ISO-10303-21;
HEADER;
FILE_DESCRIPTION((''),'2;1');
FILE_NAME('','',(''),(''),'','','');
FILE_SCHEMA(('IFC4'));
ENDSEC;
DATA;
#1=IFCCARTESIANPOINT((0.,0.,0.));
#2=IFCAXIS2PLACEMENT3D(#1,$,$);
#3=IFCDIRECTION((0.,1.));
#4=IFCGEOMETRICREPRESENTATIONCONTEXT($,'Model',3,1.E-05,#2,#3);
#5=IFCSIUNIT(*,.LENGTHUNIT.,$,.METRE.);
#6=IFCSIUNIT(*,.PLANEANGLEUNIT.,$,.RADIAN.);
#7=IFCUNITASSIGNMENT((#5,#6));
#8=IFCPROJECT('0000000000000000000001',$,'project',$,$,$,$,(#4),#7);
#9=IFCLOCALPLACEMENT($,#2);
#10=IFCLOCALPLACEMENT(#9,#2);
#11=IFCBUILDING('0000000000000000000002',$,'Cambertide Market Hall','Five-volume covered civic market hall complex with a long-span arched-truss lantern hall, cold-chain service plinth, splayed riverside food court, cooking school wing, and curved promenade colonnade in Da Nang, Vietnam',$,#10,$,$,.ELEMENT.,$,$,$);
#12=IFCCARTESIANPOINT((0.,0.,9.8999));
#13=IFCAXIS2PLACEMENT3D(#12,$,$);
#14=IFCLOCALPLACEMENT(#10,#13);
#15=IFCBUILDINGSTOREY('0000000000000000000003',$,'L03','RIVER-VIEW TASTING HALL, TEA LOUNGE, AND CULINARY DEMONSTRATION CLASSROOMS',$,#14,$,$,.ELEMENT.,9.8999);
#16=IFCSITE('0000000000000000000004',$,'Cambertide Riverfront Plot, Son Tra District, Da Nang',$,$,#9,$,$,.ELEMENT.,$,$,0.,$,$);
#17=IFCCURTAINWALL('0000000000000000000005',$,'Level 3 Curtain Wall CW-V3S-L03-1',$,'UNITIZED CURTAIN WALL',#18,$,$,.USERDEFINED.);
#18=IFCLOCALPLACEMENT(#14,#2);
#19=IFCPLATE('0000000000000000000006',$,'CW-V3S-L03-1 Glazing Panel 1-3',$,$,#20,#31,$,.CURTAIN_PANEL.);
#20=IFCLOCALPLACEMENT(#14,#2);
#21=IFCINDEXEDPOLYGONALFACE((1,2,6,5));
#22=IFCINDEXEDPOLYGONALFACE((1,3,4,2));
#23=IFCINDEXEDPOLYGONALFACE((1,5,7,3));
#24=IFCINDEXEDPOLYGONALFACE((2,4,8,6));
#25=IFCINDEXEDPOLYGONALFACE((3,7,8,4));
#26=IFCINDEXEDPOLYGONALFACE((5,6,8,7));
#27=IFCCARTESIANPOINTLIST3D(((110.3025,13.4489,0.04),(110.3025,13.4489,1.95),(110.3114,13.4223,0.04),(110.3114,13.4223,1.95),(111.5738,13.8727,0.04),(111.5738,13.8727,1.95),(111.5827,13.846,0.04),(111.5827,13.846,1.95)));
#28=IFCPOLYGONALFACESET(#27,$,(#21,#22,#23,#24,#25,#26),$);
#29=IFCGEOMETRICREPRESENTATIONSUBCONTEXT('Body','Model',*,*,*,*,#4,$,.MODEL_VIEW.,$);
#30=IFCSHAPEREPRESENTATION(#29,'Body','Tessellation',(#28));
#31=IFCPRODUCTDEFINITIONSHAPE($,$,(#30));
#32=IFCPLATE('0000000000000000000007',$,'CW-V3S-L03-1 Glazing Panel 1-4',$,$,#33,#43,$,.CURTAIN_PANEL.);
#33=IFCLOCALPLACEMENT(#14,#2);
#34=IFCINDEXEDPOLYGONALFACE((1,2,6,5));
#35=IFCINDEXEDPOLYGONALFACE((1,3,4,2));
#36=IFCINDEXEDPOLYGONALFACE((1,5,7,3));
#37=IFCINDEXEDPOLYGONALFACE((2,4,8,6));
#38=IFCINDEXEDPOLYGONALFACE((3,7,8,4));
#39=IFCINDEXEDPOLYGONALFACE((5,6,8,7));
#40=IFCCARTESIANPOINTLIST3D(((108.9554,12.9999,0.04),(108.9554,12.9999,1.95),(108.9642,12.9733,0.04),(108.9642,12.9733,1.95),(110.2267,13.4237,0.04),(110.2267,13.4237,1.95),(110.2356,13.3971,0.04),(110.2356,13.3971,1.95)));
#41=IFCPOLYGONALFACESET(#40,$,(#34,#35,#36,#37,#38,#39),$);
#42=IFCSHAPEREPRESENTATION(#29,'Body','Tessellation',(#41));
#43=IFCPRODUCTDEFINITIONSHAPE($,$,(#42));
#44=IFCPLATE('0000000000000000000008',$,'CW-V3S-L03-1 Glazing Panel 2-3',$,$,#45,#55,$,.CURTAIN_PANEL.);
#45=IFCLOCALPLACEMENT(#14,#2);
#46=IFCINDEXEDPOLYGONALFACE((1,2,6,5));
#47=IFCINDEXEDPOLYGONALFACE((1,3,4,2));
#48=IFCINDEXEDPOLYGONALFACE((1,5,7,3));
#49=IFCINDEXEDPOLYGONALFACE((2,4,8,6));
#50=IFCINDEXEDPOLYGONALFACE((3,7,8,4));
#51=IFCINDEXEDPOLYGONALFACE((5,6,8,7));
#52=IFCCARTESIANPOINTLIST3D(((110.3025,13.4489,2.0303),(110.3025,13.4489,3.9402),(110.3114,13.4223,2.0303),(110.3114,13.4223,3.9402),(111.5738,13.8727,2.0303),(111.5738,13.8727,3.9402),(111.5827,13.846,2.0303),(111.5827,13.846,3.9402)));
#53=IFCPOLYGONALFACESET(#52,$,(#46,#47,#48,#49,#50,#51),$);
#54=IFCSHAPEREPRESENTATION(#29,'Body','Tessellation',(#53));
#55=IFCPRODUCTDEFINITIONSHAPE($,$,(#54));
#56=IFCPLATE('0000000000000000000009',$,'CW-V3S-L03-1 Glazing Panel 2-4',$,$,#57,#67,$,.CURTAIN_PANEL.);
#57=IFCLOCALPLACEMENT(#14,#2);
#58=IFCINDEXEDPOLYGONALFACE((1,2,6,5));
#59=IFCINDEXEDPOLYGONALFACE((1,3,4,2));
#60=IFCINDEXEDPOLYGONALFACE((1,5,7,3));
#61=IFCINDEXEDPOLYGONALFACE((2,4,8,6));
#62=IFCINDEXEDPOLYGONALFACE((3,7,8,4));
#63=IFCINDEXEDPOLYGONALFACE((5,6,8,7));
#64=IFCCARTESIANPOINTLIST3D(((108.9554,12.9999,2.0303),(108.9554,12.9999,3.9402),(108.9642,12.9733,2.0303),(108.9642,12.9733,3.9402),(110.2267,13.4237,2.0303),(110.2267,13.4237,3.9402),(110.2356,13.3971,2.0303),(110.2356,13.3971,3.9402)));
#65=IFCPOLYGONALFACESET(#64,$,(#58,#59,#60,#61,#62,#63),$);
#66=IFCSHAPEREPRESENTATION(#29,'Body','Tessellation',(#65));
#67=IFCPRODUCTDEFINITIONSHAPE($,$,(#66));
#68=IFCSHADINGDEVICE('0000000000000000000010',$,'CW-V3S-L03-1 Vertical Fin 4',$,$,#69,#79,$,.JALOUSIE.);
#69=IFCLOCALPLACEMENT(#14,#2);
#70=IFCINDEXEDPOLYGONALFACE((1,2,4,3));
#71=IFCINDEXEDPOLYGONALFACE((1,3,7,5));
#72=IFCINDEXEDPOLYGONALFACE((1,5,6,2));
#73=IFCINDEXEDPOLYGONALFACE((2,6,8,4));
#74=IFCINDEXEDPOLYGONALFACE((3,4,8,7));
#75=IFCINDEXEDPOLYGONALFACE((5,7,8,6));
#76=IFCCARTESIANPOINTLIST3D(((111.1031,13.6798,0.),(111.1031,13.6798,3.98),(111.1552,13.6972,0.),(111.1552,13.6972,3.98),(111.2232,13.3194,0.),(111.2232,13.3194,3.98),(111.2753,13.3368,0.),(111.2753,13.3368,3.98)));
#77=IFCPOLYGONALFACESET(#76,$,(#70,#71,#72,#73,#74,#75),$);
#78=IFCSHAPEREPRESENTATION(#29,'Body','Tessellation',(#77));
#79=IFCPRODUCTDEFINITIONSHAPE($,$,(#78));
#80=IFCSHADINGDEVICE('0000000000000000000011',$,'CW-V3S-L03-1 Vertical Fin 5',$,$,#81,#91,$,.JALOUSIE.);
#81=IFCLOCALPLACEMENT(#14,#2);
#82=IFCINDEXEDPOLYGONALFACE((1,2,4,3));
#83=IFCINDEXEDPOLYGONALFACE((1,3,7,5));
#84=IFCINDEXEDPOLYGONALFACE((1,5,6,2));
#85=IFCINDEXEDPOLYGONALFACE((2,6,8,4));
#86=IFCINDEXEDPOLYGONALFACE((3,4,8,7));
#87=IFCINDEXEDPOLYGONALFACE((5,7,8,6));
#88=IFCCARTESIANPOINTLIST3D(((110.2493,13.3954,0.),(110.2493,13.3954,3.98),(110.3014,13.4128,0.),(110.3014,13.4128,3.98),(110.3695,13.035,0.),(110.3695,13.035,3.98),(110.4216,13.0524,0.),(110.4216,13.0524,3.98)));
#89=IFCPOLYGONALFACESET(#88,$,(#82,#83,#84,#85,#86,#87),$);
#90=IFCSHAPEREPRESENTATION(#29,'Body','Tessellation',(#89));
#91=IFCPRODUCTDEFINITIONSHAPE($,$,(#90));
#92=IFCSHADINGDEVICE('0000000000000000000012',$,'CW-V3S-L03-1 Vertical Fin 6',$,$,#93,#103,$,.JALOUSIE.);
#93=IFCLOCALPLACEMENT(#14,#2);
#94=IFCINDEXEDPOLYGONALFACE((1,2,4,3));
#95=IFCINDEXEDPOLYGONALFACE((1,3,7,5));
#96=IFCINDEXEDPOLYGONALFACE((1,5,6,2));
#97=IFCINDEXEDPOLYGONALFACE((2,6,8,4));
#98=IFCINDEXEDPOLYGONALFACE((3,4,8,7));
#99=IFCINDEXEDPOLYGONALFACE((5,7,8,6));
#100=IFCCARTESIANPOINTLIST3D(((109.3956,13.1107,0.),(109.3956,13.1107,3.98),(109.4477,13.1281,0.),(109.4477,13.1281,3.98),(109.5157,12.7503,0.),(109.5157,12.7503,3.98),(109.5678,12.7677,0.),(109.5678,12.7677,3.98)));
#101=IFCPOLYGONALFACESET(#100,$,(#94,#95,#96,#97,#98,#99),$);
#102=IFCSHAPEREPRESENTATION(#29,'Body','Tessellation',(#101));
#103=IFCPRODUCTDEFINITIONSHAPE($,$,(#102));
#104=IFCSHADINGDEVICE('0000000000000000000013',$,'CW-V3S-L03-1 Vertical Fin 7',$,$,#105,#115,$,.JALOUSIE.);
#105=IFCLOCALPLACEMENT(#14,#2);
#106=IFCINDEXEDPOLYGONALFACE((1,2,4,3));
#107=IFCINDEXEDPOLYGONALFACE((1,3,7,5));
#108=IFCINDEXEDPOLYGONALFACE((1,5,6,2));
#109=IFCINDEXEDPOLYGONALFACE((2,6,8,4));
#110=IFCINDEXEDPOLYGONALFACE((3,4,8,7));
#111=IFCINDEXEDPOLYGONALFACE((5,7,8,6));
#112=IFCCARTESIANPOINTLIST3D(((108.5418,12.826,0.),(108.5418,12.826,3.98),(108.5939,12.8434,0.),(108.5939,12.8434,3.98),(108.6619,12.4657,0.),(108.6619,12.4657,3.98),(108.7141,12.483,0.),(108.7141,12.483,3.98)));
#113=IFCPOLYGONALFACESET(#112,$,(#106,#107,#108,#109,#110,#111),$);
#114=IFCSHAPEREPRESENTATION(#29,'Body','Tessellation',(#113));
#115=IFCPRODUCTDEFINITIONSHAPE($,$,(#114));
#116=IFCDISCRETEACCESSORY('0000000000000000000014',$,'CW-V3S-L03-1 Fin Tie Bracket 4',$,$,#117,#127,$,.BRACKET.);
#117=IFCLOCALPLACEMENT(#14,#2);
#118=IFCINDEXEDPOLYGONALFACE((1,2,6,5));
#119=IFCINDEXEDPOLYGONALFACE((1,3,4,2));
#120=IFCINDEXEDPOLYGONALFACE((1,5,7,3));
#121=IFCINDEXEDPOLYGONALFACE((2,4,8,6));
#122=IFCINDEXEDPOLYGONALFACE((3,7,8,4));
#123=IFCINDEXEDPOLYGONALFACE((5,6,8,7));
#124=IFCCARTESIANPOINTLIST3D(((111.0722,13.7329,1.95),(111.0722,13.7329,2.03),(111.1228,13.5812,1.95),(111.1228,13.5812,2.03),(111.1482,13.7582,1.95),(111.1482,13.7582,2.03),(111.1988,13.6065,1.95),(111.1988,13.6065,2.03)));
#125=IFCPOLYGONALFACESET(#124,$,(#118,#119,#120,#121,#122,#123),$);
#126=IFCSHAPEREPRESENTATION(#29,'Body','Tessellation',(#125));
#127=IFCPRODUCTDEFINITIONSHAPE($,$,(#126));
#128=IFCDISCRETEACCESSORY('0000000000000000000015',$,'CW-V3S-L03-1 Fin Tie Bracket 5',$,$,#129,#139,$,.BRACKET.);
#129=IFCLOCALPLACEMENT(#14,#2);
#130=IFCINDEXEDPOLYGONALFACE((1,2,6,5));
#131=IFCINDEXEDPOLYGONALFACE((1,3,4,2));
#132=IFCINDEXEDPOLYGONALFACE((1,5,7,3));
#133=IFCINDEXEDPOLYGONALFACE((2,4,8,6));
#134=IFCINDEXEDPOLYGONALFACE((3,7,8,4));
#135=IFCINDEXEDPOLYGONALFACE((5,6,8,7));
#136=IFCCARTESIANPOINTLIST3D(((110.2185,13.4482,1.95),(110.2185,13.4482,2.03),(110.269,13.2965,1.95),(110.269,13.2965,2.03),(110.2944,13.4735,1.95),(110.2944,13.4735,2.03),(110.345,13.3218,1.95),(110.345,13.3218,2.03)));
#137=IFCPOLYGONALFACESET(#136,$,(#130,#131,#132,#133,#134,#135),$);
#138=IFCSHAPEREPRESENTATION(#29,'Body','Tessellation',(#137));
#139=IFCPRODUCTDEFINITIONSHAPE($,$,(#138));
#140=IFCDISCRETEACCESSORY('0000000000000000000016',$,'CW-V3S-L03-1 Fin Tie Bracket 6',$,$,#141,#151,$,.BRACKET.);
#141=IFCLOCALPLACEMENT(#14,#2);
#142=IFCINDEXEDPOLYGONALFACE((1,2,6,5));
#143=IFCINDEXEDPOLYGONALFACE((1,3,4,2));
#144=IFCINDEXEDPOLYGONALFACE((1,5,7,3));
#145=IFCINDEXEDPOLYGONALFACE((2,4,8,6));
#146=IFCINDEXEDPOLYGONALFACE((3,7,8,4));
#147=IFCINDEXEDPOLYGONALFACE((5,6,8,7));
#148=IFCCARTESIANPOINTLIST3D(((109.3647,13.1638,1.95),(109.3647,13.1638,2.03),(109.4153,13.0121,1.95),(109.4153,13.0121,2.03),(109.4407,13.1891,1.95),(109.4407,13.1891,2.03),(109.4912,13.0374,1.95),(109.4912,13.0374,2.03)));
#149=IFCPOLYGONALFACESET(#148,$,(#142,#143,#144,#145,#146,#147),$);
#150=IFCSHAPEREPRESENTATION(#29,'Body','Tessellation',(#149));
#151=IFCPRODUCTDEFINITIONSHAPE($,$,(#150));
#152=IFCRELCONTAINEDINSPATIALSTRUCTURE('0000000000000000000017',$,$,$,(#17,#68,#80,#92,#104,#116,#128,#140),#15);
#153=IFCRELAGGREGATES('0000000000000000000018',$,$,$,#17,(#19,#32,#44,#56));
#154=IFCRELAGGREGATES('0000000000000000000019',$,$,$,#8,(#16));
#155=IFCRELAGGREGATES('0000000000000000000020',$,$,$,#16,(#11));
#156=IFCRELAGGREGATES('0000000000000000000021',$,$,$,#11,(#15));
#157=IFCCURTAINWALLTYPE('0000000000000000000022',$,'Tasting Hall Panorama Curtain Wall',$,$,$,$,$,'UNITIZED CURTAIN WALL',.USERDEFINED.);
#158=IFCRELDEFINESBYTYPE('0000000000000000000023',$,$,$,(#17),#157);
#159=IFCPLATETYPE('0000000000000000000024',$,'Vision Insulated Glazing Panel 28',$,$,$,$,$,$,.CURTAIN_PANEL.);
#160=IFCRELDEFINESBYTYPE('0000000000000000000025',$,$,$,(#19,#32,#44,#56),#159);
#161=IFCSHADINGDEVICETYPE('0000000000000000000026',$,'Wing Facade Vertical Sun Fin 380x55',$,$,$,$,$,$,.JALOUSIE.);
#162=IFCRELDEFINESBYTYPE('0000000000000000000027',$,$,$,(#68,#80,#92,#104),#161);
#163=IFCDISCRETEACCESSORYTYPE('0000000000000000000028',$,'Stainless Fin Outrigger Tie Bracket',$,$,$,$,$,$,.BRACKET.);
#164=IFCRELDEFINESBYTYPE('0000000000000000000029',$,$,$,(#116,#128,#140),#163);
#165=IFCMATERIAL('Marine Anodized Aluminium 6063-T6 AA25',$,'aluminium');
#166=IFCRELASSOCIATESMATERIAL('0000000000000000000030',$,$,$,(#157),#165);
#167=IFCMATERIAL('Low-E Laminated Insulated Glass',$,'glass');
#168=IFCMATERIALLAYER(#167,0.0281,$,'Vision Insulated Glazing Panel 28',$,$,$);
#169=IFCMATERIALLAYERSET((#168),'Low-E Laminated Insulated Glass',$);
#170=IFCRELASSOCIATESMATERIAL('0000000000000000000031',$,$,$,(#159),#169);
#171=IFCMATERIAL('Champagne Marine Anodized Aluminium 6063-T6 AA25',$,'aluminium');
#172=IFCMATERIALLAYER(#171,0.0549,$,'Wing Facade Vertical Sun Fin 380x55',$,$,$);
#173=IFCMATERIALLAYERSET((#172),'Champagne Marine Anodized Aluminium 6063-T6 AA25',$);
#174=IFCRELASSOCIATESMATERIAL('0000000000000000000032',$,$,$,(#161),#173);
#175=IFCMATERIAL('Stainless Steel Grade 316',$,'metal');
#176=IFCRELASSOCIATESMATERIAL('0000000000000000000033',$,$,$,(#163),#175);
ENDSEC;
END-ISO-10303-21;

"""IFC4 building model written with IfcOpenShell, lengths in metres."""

from ifc_helpers import new_model, si_unit, direction, frame, origin, origin_2d, place, context, subcontext, project, spatial, rectangle, extrude, material, layer, layer_set, type_object, element, aggregate, save


model = new_model("IFC4")

# Units and contexts
model_context = context("Model", 3, precision=1e-05, world=origin(), true_north=direction((0.0, 1.0)))
body_context = subcontext(model_context, "Body", "Model", "MODEL_VIEW")
ifc_project = project(units=[si_unit("LENGTHUNIT", "METRE"), si_unit("PLANEANGLEUNIT", "RADIAN")], contexts=[model_context])

# Site, building, storey
site_placement = place(None, origin())
site = spatial("IfcSite", under=ifc_project, at=site_placement, Name="Cambertide Riverfront Plot, Son Tra District, Da Nang", CompositionType="ELEMENT", RefElevation=0.0)
building_placement = place(site_placement, origin())
building = spatial("IfcBuilding", under=site, at=building_placement, Name="Cambertide Market Hall", Description="Five-volume covered civic market hall complex with a long-span arched-truss lantern hall, cold-chain service plinth, splayed riverside food court, cooking school wing, and curved promenade colonnade in Da Nang, Vietnam", CompositionType="ELEMENT")
storey_placement = place(building_placement, frame((0.0, 0.0, 9.8999)))
storey = spatial("IfcBuildingStorey", under=building, at=storey_placement, Name="L03", Description="RIVER-VIEW TASTING HALL, TEA LOUNGE, AND CULINARY DEMONSTRATION CLASSROOMS", CompositionType="ELEMENT", Elevation=9.8999)

# Curtain wall
ifc_material_1 = material(Name="Marine Anodized Aluminium 6063-T6 AA25", Category="aluminium")
curtain_wall_type = type_object("IfcCurtainWallType", Name="Tasting Hall Panorama Curtain Wall", ElementType="UNITIZED CURTAIN WALL", PredefinedType="USERDEFINED", material=ifc_material_1)
curtain_wall_placement = place(storey_placement, origin())
curtain_wall = element("IfcCurtainWall", 1, at=curtain_wall_placement, inside=storey, type_object=curtain_wall_type, Name="Level 3 Curtain Wall CW-V3S-L03-1", ObjectType="UNITIZED CURTAIN WALL", PredefinedType="USERDEFINED")

# Plates
ifc_material_2 = material(Name="Low-E Laminated Insulated Glass", Category="glass")
ifc_layer_1 = layer(ifc_material_2, 0.0281, Name="Vision Insulated Glazing Panel 28")
ifc_layer_set_1 = layer_set([ifc_layer_1], Name="Low-E Laminated Insulated Glass")
plate_type = type_object("IfcPlateType", Name="Vision Insulated Glazing Panel 28", PredefinedType="CURTAIN_PANEL", material=ifc_layer_set_1)
plate_1_placement = place(storey_placement, frame((110.9426, 13.6475, 0.04), z_axis=(0.0, 0.0, 1.0), x_axis=(-0.948683, -0.316228, 0.0)))
plate_1 = element("IfcPlate", 2, at=plate_1_placement, type_object=plate_type, Name="CW-V3S-L03-1 Glazing Panel 1-3", PredefinedType="CURTAIN_PANEL", context=body_context, shape_type="SweptSolid", body=[
    extrude(rectangle(XDim=1.3401, YDim=0.0281, at=origin_2d()), origin(), (0.0, 0.0, 1.0), 1.9099),
])
plate_2_placement = place(storey_placement, frame((109.5955, 13.1985, 0.04), z_axis=(0.0, 0.0, 1.0), x_axis=(-0.948683, -0.316228, 0.0)))
plate_2 = element("IfcPlate", 3, at=plate_2_placement, type_object=plate_type, Name="CW-V3S-L03-1 Glazing Panel 1-4", PredefinedType="CURTAIN_PANEL", context=body_context, shape_type="SweptSolid", body=[
    extrude(rectangle(XDim=1.3401, YDim=0.0281, at=origin_2d()), origin(), (0.0, 0.0, 1.0), 1.9099),
])
plate_3_placement = place(storey_placement, frame((110.9426, 13.6475, 2.0303), z_axis=(0.0, 0.0, 1.0), x_axis=(-0.948683, -0.316228, 0.0)))
plate_3 = element("IfcPlate", 4, at=plate_3_placement, type_object=plate_type, Name="CW-V3S-L03-1 Glazing Panel 2-3", PredefinedType="CURTAIN_PANEL", context=body_context, shape_type="SweptSolid", body=[
    extrude(rectangle(XDim=1.3401, YDim=0.0281, at=origin_2d()), origin(), (0.0, 0.0, 1.0), 1.9099),
])
plate_4_placement = place(storey_placement, frame((109.5955, 13.1985, 2.0303), z_axis=(0.0, 0.0, 1.0), x_axis=(-0.948683, -0.316228, 0.0)))
plate_4 = element("IfcPlate", 5, at=plate_4_placement, type_object=plate_type, Name="CW-V3S-L03-1 Glazing Panel 2-4", PredefinedType="CURTAIN_PANEL", context=body_context, shape_type="SweptSolid", body=[
    extrude(rectangle(XDim=1.3401, YDim=0.0281, at=origin_2d()), origin(), (0.0, 0.0, 1.0), 1.9099),
])
aggregate(curtain_wall, [plate_1, plate_2, plate_3, plate_4])

# Shading devices
ifc_material_3 = material(Name="Champagne Marine Anodized Aluminium 6063-T6 AA25", Category="aluminium")
ifc_layer_2 = layer(ifc_material_3, 0.0549, Name="Wing Facade Vertical Sun Fin 380x55")
ifc_layer_set_2 = layer_set([ifc_layer_2], Name="Champagne Marine Anodized Aluminium 6063-T6 AA25")
shading_device_type = type_object("IfcShadingDeviceType", Name="Wing Facade Vertical Sun Fin 380x55", PredefinedType="JALOUSIE", material=ifc_layer_set_2)
for number, where, z_axis, x_axis, name in (
    (6, (111.1892, 13.5083, 0.0), (0.0, 0.0, 1.0), (-0.948683, -0.316228, 0.0), "CW-V3S-L03-1 Vertical Fin 4"),
    (7, (110.3354, 13.2239, 0.0), (0.0, 0.0, 1.0), (-0.948683, -0.316228, 0.0), "CW-V3S-L03-1 Vertical Fin 5"),
    (8, (109.4817, 12.9392, 0.0), (0.0, 0.0, 1.0), (-0.948683, -0.316228, 0.0), "CW-V3S-L03-1 Vertical Fin 6"),
    (9, (108.6279, 12.6545, 0.0), (0.0, 0.0, 1.0), (-0.948683, -0.316228, 0.0), "CW-V3S-L03-1 Vertical Fin 7"),
):
    element("IfcShadingDevice", number, at=place(storey_placement, frame(where, z_axis=z_axis, x_axis=x_axis)), inside=storey, type_object=shading_device_type, Name=name, PredefinedType="JALOUSIE", context=body_context, shape_type="SweptSolid", body=[
        extrude(rectangle(XDim=0.0549, YDim=0.3799, at=origin_2d()), origin(), (0.0, 0.0, 1.0), 3.98),
    ])

# Discrete accessories
ifc_material_4 = material(Name="Stainless Steel Grade 316", Category="metal")
discrete_accessory_type = type_object("IfcDiscreteAccessoryType", Name="Stainless Fin Outrigger Tie Bracket", PredefinedType="BRACKET", material=ifc_material_4)
for number, where, z_axis, x_axis, name in (
    (10, (111.1355, 13.6697, 1.95), (0.0, 0.0, 1.0), (-0.948683, -0.316228, 0.0), "CW-V3S-L03-1 Fin Tie Bracket 4"),
    (11, (110.2817, 13.385, 1.95), (0.0, 0.0, 1.0), (-0.948683, -0.316228, 0.0), "CW-V3S-L03-1 Fin Tie Bracket 5"),
    (12, (109.428, 13.1006, 1.95), (0.0, 0.0, 1.0), (-0.948683, -0.316228, 0.0), "CW-V3S-L03-1 Fin Tie Bracket 6"),
):
    element("IfcDiscreteAccessory", number, at=place(storey_placement, frame(where, z_axis=z_axis, x_axis=x_axis)), inside=storey, type_object=discrete_accessory_type, Name=name, PredefinedType="BRACKET", context=body_context, shape_type="SweptSolid", body=[
        extrude(rectangle(XDim=0.0801, YDim=0.1599, at=origin_2d()), origin(), (0.0, 0.0, 1.0), 0.0801),
    ])

save(model, "model.ifc")
